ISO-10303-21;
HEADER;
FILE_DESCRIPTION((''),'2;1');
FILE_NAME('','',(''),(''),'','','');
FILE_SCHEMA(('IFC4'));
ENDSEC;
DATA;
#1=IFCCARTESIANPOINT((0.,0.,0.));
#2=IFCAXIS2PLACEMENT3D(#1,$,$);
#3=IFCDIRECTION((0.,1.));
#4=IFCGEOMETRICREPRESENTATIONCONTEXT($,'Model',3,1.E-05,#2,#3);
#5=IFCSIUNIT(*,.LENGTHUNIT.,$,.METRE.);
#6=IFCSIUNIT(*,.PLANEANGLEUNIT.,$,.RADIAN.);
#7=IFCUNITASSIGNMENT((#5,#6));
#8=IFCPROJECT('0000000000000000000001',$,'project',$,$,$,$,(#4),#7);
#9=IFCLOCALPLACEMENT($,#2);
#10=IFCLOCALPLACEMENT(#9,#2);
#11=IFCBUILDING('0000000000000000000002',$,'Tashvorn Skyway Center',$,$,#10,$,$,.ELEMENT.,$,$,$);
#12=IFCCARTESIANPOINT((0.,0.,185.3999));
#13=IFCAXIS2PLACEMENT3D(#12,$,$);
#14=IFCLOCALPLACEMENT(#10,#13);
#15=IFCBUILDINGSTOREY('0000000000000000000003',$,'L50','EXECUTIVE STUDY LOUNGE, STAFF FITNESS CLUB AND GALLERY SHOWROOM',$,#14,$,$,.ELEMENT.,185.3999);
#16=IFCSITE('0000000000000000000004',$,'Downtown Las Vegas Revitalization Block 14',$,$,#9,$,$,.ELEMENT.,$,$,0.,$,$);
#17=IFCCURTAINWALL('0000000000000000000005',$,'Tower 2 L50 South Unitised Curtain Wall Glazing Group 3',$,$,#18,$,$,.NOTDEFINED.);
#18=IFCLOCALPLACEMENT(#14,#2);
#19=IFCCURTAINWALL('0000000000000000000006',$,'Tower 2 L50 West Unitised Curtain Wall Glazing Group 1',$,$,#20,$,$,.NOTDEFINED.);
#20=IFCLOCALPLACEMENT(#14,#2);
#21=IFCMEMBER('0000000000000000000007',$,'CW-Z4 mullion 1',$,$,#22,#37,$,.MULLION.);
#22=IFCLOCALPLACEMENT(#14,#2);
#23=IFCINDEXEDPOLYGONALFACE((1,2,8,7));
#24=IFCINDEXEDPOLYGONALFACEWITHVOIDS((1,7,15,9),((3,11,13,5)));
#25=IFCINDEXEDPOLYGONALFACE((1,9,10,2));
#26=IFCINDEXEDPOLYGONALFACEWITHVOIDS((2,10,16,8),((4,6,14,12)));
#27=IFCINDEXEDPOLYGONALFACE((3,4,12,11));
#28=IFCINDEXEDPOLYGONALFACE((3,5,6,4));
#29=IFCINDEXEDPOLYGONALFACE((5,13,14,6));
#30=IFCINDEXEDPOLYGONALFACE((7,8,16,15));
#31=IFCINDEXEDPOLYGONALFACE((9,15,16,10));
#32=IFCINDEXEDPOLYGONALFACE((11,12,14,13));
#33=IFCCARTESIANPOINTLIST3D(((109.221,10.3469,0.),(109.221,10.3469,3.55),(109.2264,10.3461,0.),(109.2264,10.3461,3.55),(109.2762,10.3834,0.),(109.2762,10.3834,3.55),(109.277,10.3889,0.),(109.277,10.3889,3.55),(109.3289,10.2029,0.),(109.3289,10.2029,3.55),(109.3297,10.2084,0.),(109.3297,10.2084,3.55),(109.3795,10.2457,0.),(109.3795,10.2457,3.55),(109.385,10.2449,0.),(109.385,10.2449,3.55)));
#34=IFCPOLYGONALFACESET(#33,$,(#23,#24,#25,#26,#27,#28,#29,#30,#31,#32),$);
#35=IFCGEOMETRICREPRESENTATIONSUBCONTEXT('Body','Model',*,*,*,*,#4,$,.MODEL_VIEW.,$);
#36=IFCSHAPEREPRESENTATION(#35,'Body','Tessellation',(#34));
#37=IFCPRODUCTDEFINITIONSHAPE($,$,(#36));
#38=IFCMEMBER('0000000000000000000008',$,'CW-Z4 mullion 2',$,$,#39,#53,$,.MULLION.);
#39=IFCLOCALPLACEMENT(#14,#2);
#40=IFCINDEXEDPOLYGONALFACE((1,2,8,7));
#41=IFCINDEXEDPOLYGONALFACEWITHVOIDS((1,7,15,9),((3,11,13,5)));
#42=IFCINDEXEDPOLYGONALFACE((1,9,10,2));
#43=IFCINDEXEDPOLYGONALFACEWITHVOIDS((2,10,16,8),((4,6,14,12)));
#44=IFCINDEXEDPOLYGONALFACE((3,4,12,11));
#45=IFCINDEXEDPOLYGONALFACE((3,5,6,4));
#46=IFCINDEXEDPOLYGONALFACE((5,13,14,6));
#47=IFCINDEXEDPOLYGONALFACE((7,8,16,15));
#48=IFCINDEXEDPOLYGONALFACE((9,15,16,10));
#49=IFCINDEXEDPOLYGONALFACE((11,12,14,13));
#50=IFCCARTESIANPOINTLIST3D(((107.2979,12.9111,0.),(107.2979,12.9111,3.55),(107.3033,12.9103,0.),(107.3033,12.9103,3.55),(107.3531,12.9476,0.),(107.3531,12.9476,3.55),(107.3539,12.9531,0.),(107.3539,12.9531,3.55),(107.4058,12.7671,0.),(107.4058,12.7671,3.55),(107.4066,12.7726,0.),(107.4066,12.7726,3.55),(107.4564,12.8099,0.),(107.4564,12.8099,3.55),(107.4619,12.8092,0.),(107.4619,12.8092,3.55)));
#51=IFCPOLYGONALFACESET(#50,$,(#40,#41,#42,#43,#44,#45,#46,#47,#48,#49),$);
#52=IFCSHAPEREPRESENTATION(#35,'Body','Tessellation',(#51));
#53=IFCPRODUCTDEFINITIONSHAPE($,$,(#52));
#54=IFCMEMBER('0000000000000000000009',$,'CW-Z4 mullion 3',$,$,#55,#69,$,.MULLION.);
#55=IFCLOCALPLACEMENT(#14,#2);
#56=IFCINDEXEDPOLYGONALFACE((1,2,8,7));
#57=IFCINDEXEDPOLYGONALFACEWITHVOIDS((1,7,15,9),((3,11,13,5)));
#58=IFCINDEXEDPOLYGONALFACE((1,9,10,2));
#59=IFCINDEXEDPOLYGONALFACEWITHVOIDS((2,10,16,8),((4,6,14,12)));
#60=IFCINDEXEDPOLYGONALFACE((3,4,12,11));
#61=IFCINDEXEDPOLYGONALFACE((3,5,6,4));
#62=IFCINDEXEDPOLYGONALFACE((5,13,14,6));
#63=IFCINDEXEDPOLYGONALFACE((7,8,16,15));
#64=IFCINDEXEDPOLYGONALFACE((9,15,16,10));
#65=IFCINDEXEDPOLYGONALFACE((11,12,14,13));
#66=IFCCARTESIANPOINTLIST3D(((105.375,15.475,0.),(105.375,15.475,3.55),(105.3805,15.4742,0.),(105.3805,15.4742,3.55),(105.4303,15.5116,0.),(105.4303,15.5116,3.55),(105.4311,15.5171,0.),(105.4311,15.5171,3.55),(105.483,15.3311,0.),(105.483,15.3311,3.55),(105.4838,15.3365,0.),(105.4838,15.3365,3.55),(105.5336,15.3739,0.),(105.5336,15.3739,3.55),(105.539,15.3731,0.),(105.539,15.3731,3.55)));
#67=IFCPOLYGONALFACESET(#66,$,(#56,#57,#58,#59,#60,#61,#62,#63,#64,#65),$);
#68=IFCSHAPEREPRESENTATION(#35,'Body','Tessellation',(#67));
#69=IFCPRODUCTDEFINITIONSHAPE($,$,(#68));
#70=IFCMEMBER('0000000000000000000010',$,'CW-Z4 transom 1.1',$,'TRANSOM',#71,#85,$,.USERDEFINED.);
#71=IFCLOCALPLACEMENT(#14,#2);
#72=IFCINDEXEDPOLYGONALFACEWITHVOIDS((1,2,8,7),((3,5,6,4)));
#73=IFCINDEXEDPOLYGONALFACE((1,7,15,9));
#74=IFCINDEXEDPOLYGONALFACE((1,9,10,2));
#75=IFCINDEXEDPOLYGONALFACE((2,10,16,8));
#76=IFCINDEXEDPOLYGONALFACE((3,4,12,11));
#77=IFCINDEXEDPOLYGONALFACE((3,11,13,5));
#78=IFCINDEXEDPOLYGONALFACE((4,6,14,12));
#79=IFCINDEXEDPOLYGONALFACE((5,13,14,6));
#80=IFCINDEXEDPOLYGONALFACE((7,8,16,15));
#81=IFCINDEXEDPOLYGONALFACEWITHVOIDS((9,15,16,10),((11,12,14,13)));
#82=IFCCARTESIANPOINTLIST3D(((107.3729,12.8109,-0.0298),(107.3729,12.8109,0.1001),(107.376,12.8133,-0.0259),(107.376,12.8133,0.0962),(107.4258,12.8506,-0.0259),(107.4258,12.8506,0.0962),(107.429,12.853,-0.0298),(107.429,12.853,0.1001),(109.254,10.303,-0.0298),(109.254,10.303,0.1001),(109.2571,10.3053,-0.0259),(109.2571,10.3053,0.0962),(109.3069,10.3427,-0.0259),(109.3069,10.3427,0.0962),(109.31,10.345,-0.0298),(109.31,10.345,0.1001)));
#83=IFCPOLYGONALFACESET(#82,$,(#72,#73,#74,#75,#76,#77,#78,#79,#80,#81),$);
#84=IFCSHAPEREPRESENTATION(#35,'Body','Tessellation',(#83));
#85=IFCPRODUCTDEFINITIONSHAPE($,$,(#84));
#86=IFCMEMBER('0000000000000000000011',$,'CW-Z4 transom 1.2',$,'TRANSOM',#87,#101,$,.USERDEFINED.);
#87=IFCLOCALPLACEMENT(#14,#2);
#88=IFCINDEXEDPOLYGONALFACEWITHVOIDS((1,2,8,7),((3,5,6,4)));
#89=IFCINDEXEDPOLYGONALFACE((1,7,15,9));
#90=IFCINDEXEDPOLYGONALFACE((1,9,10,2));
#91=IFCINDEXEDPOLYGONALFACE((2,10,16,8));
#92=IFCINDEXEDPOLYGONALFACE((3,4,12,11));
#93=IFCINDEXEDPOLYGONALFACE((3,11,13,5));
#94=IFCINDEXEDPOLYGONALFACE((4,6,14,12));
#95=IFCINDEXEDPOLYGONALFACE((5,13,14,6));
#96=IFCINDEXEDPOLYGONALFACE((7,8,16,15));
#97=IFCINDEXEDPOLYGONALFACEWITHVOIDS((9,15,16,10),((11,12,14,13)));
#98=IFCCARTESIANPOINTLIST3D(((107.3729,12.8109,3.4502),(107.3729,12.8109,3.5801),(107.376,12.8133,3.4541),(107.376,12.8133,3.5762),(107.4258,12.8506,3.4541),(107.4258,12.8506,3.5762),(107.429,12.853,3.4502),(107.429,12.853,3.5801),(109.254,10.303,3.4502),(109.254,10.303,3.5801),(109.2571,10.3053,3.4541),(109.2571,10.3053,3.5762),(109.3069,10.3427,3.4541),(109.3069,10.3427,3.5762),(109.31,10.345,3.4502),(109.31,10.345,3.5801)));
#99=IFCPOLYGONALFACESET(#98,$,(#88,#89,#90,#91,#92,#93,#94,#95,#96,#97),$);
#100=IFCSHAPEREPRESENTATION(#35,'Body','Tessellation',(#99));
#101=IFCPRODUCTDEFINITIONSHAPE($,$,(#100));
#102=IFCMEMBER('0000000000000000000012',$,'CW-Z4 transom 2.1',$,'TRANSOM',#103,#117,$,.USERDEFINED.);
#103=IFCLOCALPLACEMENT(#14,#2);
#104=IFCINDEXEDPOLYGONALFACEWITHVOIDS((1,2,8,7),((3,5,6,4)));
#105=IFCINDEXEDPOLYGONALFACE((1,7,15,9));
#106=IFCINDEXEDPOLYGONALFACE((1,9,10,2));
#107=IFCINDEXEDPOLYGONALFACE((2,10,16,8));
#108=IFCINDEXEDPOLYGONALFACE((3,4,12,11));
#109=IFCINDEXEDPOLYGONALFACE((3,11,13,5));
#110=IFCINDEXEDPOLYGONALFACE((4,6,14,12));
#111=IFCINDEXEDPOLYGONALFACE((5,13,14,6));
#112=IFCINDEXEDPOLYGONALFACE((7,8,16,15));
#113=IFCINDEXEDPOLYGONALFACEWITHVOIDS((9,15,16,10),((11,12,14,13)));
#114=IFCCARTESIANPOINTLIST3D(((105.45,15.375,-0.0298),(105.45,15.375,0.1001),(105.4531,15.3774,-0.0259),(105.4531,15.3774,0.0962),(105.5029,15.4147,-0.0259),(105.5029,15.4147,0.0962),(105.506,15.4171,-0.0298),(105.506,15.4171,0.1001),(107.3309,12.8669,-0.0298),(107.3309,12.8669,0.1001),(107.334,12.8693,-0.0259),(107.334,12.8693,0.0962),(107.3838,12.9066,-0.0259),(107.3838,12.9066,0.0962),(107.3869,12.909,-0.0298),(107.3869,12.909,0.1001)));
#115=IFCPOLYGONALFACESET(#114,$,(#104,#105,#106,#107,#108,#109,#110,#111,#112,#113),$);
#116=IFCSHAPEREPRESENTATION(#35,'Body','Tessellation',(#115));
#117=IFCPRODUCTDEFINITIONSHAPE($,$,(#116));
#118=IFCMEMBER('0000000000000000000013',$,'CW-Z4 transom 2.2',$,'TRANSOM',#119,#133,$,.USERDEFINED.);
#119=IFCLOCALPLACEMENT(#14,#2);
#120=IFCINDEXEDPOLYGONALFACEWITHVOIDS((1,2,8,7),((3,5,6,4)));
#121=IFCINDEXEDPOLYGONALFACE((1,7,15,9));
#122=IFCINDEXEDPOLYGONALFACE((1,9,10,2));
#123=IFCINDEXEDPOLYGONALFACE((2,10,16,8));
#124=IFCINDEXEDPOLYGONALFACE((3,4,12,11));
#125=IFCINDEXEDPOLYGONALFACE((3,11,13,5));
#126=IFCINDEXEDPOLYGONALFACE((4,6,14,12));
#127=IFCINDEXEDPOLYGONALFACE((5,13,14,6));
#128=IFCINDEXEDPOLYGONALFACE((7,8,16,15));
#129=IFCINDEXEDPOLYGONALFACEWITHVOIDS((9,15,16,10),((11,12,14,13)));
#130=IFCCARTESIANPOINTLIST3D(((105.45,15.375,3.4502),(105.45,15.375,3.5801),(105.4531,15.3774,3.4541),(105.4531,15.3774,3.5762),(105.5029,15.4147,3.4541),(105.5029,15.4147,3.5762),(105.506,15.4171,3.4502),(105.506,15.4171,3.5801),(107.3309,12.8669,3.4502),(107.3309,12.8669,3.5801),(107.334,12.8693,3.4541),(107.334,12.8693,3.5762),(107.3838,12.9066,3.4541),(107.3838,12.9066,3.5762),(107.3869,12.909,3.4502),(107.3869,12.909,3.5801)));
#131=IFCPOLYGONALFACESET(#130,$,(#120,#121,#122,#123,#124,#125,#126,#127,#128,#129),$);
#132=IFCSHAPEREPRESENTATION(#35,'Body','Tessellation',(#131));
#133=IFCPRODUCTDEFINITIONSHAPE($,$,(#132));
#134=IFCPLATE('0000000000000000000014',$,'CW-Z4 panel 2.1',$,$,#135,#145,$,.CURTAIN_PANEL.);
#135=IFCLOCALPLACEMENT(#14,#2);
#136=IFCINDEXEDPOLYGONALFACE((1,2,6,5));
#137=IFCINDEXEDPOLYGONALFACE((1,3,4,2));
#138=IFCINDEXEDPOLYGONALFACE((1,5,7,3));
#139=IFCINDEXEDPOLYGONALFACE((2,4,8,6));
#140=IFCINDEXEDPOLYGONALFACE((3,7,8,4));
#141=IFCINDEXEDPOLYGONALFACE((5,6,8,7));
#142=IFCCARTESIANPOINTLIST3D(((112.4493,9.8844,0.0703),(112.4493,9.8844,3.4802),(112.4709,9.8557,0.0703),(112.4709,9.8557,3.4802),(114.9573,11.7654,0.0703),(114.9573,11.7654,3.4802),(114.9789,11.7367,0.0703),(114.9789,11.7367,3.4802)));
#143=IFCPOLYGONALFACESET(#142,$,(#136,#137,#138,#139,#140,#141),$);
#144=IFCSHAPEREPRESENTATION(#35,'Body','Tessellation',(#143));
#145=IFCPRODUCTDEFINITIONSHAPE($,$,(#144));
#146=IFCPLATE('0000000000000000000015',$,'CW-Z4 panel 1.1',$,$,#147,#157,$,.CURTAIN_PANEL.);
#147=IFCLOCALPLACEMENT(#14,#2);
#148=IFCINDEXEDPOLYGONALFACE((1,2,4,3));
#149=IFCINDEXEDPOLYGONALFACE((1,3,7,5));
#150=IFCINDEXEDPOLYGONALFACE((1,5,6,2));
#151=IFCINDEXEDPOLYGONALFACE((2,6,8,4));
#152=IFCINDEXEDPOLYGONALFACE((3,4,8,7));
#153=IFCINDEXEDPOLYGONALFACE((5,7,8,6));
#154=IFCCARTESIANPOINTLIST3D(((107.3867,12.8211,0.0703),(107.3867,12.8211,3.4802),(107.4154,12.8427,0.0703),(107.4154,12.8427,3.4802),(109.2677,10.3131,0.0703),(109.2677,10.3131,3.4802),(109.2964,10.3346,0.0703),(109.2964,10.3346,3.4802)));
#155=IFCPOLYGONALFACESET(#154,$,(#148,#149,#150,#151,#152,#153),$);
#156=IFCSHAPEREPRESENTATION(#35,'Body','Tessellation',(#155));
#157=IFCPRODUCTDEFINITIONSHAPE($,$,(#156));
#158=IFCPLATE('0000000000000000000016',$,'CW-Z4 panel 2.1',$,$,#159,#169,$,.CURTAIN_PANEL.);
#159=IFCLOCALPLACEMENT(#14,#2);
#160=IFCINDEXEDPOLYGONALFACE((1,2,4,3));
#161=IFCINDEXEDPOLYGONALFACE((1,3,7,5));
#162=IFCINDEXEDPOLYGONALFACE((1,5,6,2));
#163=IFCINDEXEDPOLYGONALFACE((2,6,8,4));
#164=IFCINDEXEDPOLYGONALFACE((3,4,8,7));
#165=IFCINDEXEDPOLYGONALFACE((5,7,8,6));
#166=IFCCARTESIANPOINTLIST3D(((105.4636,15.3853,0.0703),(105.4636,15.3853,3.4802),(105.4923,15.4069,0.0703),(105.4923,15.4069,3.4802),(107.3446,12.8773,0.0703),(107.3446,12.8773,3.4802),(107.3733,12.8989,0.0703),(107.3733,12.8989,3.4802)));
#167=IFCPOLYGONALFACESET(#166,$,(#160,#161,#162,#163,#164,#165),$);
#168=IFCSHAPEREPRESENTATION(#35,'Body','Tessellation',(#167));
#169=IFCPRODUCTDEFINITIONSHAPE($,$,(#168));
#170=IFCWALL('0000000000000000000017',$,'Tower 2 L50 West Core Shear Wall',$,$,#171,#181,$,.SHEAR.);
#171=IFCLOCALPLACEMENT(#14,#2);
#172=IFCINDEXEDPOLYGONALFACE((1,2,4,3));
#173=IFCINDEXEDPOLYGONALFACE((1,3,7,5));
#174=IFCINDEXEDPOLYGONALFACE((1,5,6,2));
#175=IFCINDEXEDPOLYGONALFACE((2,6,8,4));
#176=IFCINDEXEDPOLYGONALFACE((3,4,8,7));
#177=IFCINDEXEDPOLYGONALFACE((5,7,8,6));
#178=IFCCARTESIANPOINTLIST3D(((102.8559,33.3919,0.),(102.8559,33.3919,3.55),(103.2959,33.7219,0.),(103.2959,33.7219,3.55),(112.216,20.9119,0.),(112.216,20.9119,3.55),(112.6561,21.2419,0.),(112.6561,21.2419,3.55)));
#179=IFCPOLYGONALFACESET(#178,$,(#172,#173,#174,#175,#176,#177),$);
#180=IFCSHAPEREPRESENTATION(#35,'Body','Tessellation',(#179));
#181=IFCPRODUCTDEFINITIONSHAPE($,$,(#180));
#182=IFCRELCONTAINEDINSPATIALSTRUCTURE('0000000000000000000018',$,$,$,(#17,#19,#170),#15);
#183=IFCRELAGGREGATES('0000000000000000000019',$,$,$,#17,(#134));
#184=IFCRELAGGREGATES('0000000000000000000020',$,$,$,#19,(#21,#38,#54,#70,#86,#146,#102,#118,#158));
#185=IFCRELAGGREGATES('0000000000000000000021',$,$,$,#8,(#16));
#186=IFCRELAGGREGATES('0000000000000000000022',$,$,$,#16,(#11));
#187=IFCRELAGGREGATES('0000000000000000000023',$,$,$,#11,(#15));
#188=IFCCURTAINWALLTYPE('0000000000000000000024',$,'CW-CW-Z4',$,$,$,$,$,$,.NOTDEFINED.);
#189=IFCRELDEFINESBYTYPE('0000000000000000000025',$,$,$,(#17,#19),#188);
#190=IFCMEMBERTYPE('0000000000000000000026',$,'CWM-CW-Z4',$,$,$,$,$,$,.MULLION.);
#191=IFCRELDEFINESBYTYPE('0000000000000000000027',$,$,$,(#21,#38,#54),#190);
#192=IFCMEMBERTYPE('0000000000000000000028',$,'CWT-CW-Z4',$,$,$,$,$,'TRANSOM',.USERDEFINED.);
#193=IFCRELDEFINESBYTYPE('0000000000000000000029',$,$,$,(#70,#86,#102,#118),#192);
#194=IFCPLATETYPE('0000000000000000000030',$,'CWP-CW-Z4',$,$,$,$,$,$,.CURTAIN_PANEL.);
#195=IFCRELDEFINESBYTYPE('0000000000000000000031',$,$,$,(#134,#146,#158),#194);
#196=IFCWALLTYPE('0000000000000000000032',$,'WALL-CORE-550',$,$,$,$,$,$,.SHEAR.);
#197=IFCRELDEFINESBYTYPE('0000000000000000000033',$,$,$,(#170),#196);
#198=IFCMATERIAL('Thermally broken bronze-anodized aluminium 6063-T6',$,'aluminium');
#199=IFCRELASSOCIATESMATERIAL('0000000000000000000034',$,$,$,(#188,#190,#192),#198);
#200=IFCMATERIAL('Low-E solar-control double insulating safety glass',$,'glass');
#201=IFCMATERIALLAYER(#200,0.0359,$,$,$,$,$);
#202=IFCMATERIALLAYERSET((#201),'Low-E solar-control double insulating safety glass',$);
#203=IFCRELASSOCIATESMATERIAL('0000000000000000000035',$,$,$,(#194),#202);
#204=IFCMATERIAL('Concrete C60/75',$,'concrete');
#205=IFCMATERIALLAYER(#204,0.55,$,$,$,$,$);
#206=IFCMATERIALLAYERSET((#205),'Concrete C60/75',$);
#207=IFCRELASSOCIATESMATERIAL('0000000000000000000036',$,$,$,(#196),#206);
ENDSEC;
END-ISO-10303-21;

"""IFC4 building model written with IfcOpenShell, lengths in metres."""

from ifc_helpers import new_model, si_unit, direction, frame, frame_2d, origin, origin_2d, place, context, subcontext, project, spatial, rectangle, hollow_rectangle, extrude, material, layer, layer_set, material_profile, profile_set, type_object, element, aggregate, save


model = new_model("IFC4")

# Units and contexts
model_context = context("Model", 3, precision=1e-05, world=origin(), true_north=direction((0.0, 1.0)))
body_context = subcontext(model_context, "Body", "Model", "MODEL_VIEW")
ifc_project = project(units=[si_unit("LENGTHUNIT", "METRE"), si_unit("PLANEANGLEUNIT", "RADIAN")], contexts=[model_context])

# Site, building, storey
site_placement = place(None, origin())
site = spatial("IfcSite", under=ifc_project, at=site_placement, Name="Downtown Las Vegas Revitalization Block 14", CompositionType="ELEMENT", RefElevation=0.0)
building_placement = place(site_placement, origin())
building = spatial("IfcBuilding", under=site, at=building_placement, Name="Tashvorn Skyway Center", CompositionType="ELEMENT")
storey_placement = place(building_placement, frame((0.0, 0.0, 185.3999)))
storey = spatial("IfcBuildingStorey", under=building, at=storey_placement, Name="L50", Description="EXECUTIVE STUDY LOUNGE, STAFF FITNESS CLUB AND GALLERY SHOWROOM", CompositionType="ELEMENT", Elevation=185.3999)

# Shared definitions
ifc_material_1 = material(Name="Concrete C60/75", Category="concrete")

# Curtain wall
ifc_material_2 = material(Name="Thermally broken bronze-anodized aluminium 6063-T6", Category="aluminium")
curtain_wall_type = type_object("IfcCurtainWallType", Name="CW-CW-Z4", PredefinedType="NOTDEFINED", material=ifc_material_2)
curtain_wall_1_placement = place(storey_placement, origin())
curtain_wall_1 = element("IfcCurtainWall", 1, at=curtain_wall_1_placement, inside=storey, type_object=curtain_wall_type, Name="Tower 2 L50 South Unitised Curtain Wall Glazing Group 3", PredefinedType="NOTDEFINED")
ifc_material_profile_1 = material_profile(ifc_material_2, hollow_rectangle(XDim=0.0701, YDim=0.1799, WallThickness=0.0039, at=origin_2d()), Name="ALU-MULL-70x180")
ifc_profile_set_1 = profile_set([ifc_material_profile_1], Name="Thermally broken bronze-anodized aluminium 6063-T6")
member_type_1 = type_object("IfcMemberType", Name="CWM-CW-Z4", PredefinedType="MULLION", material=ifc_profile_set_1)

# Curtain wall, members
curtain_wall_2_placement = place(storey_placement, origin())
curtain_wall_2 = element("IfcCurtainWall", 2, at=curtain_wall_2_placement, inside=storey, type_object=curtain_wall_type, Name="Tower 2 L50 West Unitised Curtain Wall Glazing Group 1", PredefinedType="NOTDEFINED")
member_1_placement = place(storey_placement, frame((109.303, 10.2959, 0.0), z_axis=(0.0, 0.0, 1.0), x_axis=(-0.8, -0.6, 0.0)))
member_1 = element("IfcMember", 3, at=member_1_placement, type_object=member_type_1, Name="CW-Z4 mullion 1", PredefinedType="MULLION", context=body_context, shape_type="SweptSolid", body=[
    extrude(hollow_rectangle(XDim=0.0701, YDim=0.1799, WallThickness=0.0039, at=origin_2d()), origin(), (0.0, 0.0, 1.0), 3.55),
])
member_2_placement = place(storey_placement, frame((107.3799, 12.8601, 0.0), z_axis=(0.0, 0.0, 1.0), x_axis=(-0.8, -0.6, 0.0)))
member_2 = element("IfcMember", 4, at=member_2_placement, type_object=member_type_1, Name="CW-Z4 mullion 2", PredefinedType="MULLION", context=body_context, shape_type="SweptSolid", body=[
    extrude(hollow_rectangle(XDim=0.0701, YDim=0.1799, WallThickness=0.0039, at=origin_2d()), origin(), (0.0, 0.0, 1.0), 3.55),
])
member_3_placement = place(storey_placement, frame((105.457, 15.4241, 0.0), z_axis=(0.0, 0.0, 1.0), x_axis=(-0.8, -0.6, 0.0)))
member_3 = element("IfcMember", 5, at=member_3_placement, type_object=member_type_1, Name="CW-Z4 mullion 3", PredefinedType="MULLION", context=body_context, shape_type="SweptSolid", body=[
    extrude(hollow_rectangle(XDim=0.0701, YDim=0.1799, WallThickness=0.0039, at=origin_2d()), origin(), (0.0, 0.0, 1.0), 3.55),
])
ifc_material_profile_2 = material_profile(ifc_material_2, hollow_rectangle(XDim=0.0701, YDim=0.1299, WallThickness=0.0039, at=origin_2d()), Name="ALU-TRAN-70x130")
ifc_profile_set_2 = profile_set([ifc_material_profile_2], Name="Thermally broken bronze-anodized aluminium 6063-T6")
member_type_2 = type_object("IfcMemberType", Name="CWT-CW-Z4", ElementType="TRANSOM", PredefinedType="USERDEFINED", material=ifc_profile_set_2)
member_4_placement = place(storey_placement, frame((109.282, 10.324, 0.0352), z_axis=(-0.600012, 0.799991, 0.0), x_axis=(-0.799991, -0.600012, 0.0)))
member_4 = element("IfcMember", 6, at=member_4_placement, type_object=member_type_2, Name="CW-Z4 transom 1.1", ObjectType="TRANSOM", PredefinedType="USERDEFINED", context=body_context, shape_type="SweptSolid", body=[
    extrude(hollow_rectangle(XDim=0.0701, YDim=0.1299, WallThickness=0.0039, at=origin_2d()), origin(), (0.0, 0.0, 1.0), 3.135),
])
member_5_placement = place(storey_placement, frame((109.282, 10.324, 3.5151), z_axis=(-0.600012, 0.799991, 0.0), x_axis=(-0.799991, -0.600012, 0.0)))
member_5 = element("IfcMember", 7, at=member_5_placement, type_object=member_type_2, Name="CW-Z4 transom 1.2", ObjectType="TRANSOM", PredefinedType="USERDEFINED", context=body_context, shape_type="SweptSolid", body=[
    extrude(hollow_rectangle(XDim=0.0701, YDim=0.1299, WallThickness=0.0039, at=origin_2d()), origin(), (0.0, 0.0, 1.0), 3.135),
])
member_6_placement = place(storey_placement, frame((107.3589, 12.8879, 0.0352), z_axis=(-0.599963, 0.800028, 0.0), x_axis=(-0.800028, -0.599963, 0.0)))
member_6 = element("IfcMember", 8, at=member_6_placement, type_object=member_type_2, Name="CW-Z4 transom 2.1", ObjectType="TRANSOM", PredefinedType="USERDEFINED", context=body_context, shape_type="SweptSolid", body=[
    extrude(hollow_rectangle(XDim=0.0701, YDim=0.1299, WallThickness=0.0039, at=origin_2d()), origin(), (0.0, 0.0, 1.0), 3.135),
])
member_7_placement = place(storey_placement, frame((107.3589, 12.8879, 3.5151), z_axis=(-0.599963, 0.800028, 0.0), x_axis=(-0.800028, -0.599963, 0.0)))
member_7 = element("IfcMember", 9, at=member_7_placement, type_object=member_type_2, Name="CW-Z4 transom 2.2", ObjectType="TRANSOM", PredefinedType="USERDEFINED", context=body_context, shape_type="SweptSolid", body=[
    extrude(hollow_rectangle(XDim=0.0701, YDim=0.1299, WallThickness=0.0039, at=origin_2d()), origin(), (0.0, 0.0, 1.0), 3.135),
])

# Plates
ifc_material_3 = material(Name="Low-E solar-control double insulating safety glass", Category="glass")
ifc_layer_1 = layer(ifc_material_3, 0.0359)
ifc_layer_set_1 = layer_set([ifc_layer_1], Name="Low-E solar-control double insulating safety glass")
plate_type = type_object("IfcPlateType", Name="CWP-CW-Z4", PredefinedType="CURTAIN_PANEL", material=ifc_layer_set_1)
plate_1_placement = place(storey_placement, frame((113.7141, 10.8105, 0.0703), z_axis=(0.0, 0.0, 1.0), x_axis=(-0.8, -0.6, 0.0)))
plate_1 = element("IfcPlate", 10, at=plate_1_placement, type_object=plate_type, Name="CW-Z4 panel 2.1", PredefinedType="CURTAIN_PANEL", context=body_context, shape_type="SweptSolid", body=[
    extrude(rectangle(XDim=3.135, YDim=0.0359, at=origin_2d()), origin(), (0.0, 0.0, 1.0), 3.4099),
])
aggregate(curtain_wall_1, [plate_1])
plate_2_placement = place(storey_placement, frame((108.3416, 11.5779, 0.0703), z_axis=(0.0, 0.0, 1.0), x_axis=(-0.6, 0.8, 0.0)))
plate_2 = element("IfcPlate", 11, at=plate_2_placement, type_object=plate_type, Name="CW-Z4 panel 1.1", PredefinedType="CURTAIN_PANEL", context=body_context, shape_type="SweptSolid", body=[
    extrude(rectangle(XDim=3.135, YDim=0.0359, at=origin_2d()), origin(), (0.0, 0.0, 1.0), 3.4099),
])
plate_3_placement = place(storey_placement, frame((106.4185, 14.1421, 0.0703), z_axis=(0.0, 0.0, 1.0), x_axis=(-0.6, 0.8, 0.0)))
plate_3 = element("IfcPlate", 12, at=plate_3_placement, type_object=plate_type, Name="CW-Z4 panel 2.1", PredefinedType="CURTAIN_PANEL", context=body_context, shape_type="SweptSolid", body=[
    extrude(rectangle(XDim=3.135, YDim=0.0359, at=origin_2d()), origin(), (0.0, 0.0, 1.0), 3.4099),
])
aggregate(curtain_wall_2, [member_1, member_2, member_3, member_4, member_5, plate_2, member_6, member_7, plate_3])

# Wall
ifc_layer_2 = layer(ifc_material_1, 0.55)
ifc_layer_set_2 = layer_set([ifc_layer_2], Name="Concrete C60/75")
wall_type_1 = type_object("IfcWallType", Name="WALL-CORE-550", PredefinedType="SHEAR", material=ifc_layer_set_2)
wall_1_placement = place(storey_placement, frame((112.436, 21.0769, 0.0), z_axis=(0.0, 0.0, 1.0), x_axis=(-0.600005, 0.799996, 0.0)))
element("IfcWall", 13, at=wall_1_placement, inside=storey, type_object=wall_type_1, Name="Tower 2 L50 West Core Shear Wall", PredefinedType="SHEAR", context=body_context, shape_type="SweptSolid", body=[
    extrude(rectangle(XDim=15.6001, YDim=0.55, at=frame_2d((7.8, 0.0))), origin(), (0.0, 0.0, 1.0), 3.55),
])

save(model, "model.ifc")
